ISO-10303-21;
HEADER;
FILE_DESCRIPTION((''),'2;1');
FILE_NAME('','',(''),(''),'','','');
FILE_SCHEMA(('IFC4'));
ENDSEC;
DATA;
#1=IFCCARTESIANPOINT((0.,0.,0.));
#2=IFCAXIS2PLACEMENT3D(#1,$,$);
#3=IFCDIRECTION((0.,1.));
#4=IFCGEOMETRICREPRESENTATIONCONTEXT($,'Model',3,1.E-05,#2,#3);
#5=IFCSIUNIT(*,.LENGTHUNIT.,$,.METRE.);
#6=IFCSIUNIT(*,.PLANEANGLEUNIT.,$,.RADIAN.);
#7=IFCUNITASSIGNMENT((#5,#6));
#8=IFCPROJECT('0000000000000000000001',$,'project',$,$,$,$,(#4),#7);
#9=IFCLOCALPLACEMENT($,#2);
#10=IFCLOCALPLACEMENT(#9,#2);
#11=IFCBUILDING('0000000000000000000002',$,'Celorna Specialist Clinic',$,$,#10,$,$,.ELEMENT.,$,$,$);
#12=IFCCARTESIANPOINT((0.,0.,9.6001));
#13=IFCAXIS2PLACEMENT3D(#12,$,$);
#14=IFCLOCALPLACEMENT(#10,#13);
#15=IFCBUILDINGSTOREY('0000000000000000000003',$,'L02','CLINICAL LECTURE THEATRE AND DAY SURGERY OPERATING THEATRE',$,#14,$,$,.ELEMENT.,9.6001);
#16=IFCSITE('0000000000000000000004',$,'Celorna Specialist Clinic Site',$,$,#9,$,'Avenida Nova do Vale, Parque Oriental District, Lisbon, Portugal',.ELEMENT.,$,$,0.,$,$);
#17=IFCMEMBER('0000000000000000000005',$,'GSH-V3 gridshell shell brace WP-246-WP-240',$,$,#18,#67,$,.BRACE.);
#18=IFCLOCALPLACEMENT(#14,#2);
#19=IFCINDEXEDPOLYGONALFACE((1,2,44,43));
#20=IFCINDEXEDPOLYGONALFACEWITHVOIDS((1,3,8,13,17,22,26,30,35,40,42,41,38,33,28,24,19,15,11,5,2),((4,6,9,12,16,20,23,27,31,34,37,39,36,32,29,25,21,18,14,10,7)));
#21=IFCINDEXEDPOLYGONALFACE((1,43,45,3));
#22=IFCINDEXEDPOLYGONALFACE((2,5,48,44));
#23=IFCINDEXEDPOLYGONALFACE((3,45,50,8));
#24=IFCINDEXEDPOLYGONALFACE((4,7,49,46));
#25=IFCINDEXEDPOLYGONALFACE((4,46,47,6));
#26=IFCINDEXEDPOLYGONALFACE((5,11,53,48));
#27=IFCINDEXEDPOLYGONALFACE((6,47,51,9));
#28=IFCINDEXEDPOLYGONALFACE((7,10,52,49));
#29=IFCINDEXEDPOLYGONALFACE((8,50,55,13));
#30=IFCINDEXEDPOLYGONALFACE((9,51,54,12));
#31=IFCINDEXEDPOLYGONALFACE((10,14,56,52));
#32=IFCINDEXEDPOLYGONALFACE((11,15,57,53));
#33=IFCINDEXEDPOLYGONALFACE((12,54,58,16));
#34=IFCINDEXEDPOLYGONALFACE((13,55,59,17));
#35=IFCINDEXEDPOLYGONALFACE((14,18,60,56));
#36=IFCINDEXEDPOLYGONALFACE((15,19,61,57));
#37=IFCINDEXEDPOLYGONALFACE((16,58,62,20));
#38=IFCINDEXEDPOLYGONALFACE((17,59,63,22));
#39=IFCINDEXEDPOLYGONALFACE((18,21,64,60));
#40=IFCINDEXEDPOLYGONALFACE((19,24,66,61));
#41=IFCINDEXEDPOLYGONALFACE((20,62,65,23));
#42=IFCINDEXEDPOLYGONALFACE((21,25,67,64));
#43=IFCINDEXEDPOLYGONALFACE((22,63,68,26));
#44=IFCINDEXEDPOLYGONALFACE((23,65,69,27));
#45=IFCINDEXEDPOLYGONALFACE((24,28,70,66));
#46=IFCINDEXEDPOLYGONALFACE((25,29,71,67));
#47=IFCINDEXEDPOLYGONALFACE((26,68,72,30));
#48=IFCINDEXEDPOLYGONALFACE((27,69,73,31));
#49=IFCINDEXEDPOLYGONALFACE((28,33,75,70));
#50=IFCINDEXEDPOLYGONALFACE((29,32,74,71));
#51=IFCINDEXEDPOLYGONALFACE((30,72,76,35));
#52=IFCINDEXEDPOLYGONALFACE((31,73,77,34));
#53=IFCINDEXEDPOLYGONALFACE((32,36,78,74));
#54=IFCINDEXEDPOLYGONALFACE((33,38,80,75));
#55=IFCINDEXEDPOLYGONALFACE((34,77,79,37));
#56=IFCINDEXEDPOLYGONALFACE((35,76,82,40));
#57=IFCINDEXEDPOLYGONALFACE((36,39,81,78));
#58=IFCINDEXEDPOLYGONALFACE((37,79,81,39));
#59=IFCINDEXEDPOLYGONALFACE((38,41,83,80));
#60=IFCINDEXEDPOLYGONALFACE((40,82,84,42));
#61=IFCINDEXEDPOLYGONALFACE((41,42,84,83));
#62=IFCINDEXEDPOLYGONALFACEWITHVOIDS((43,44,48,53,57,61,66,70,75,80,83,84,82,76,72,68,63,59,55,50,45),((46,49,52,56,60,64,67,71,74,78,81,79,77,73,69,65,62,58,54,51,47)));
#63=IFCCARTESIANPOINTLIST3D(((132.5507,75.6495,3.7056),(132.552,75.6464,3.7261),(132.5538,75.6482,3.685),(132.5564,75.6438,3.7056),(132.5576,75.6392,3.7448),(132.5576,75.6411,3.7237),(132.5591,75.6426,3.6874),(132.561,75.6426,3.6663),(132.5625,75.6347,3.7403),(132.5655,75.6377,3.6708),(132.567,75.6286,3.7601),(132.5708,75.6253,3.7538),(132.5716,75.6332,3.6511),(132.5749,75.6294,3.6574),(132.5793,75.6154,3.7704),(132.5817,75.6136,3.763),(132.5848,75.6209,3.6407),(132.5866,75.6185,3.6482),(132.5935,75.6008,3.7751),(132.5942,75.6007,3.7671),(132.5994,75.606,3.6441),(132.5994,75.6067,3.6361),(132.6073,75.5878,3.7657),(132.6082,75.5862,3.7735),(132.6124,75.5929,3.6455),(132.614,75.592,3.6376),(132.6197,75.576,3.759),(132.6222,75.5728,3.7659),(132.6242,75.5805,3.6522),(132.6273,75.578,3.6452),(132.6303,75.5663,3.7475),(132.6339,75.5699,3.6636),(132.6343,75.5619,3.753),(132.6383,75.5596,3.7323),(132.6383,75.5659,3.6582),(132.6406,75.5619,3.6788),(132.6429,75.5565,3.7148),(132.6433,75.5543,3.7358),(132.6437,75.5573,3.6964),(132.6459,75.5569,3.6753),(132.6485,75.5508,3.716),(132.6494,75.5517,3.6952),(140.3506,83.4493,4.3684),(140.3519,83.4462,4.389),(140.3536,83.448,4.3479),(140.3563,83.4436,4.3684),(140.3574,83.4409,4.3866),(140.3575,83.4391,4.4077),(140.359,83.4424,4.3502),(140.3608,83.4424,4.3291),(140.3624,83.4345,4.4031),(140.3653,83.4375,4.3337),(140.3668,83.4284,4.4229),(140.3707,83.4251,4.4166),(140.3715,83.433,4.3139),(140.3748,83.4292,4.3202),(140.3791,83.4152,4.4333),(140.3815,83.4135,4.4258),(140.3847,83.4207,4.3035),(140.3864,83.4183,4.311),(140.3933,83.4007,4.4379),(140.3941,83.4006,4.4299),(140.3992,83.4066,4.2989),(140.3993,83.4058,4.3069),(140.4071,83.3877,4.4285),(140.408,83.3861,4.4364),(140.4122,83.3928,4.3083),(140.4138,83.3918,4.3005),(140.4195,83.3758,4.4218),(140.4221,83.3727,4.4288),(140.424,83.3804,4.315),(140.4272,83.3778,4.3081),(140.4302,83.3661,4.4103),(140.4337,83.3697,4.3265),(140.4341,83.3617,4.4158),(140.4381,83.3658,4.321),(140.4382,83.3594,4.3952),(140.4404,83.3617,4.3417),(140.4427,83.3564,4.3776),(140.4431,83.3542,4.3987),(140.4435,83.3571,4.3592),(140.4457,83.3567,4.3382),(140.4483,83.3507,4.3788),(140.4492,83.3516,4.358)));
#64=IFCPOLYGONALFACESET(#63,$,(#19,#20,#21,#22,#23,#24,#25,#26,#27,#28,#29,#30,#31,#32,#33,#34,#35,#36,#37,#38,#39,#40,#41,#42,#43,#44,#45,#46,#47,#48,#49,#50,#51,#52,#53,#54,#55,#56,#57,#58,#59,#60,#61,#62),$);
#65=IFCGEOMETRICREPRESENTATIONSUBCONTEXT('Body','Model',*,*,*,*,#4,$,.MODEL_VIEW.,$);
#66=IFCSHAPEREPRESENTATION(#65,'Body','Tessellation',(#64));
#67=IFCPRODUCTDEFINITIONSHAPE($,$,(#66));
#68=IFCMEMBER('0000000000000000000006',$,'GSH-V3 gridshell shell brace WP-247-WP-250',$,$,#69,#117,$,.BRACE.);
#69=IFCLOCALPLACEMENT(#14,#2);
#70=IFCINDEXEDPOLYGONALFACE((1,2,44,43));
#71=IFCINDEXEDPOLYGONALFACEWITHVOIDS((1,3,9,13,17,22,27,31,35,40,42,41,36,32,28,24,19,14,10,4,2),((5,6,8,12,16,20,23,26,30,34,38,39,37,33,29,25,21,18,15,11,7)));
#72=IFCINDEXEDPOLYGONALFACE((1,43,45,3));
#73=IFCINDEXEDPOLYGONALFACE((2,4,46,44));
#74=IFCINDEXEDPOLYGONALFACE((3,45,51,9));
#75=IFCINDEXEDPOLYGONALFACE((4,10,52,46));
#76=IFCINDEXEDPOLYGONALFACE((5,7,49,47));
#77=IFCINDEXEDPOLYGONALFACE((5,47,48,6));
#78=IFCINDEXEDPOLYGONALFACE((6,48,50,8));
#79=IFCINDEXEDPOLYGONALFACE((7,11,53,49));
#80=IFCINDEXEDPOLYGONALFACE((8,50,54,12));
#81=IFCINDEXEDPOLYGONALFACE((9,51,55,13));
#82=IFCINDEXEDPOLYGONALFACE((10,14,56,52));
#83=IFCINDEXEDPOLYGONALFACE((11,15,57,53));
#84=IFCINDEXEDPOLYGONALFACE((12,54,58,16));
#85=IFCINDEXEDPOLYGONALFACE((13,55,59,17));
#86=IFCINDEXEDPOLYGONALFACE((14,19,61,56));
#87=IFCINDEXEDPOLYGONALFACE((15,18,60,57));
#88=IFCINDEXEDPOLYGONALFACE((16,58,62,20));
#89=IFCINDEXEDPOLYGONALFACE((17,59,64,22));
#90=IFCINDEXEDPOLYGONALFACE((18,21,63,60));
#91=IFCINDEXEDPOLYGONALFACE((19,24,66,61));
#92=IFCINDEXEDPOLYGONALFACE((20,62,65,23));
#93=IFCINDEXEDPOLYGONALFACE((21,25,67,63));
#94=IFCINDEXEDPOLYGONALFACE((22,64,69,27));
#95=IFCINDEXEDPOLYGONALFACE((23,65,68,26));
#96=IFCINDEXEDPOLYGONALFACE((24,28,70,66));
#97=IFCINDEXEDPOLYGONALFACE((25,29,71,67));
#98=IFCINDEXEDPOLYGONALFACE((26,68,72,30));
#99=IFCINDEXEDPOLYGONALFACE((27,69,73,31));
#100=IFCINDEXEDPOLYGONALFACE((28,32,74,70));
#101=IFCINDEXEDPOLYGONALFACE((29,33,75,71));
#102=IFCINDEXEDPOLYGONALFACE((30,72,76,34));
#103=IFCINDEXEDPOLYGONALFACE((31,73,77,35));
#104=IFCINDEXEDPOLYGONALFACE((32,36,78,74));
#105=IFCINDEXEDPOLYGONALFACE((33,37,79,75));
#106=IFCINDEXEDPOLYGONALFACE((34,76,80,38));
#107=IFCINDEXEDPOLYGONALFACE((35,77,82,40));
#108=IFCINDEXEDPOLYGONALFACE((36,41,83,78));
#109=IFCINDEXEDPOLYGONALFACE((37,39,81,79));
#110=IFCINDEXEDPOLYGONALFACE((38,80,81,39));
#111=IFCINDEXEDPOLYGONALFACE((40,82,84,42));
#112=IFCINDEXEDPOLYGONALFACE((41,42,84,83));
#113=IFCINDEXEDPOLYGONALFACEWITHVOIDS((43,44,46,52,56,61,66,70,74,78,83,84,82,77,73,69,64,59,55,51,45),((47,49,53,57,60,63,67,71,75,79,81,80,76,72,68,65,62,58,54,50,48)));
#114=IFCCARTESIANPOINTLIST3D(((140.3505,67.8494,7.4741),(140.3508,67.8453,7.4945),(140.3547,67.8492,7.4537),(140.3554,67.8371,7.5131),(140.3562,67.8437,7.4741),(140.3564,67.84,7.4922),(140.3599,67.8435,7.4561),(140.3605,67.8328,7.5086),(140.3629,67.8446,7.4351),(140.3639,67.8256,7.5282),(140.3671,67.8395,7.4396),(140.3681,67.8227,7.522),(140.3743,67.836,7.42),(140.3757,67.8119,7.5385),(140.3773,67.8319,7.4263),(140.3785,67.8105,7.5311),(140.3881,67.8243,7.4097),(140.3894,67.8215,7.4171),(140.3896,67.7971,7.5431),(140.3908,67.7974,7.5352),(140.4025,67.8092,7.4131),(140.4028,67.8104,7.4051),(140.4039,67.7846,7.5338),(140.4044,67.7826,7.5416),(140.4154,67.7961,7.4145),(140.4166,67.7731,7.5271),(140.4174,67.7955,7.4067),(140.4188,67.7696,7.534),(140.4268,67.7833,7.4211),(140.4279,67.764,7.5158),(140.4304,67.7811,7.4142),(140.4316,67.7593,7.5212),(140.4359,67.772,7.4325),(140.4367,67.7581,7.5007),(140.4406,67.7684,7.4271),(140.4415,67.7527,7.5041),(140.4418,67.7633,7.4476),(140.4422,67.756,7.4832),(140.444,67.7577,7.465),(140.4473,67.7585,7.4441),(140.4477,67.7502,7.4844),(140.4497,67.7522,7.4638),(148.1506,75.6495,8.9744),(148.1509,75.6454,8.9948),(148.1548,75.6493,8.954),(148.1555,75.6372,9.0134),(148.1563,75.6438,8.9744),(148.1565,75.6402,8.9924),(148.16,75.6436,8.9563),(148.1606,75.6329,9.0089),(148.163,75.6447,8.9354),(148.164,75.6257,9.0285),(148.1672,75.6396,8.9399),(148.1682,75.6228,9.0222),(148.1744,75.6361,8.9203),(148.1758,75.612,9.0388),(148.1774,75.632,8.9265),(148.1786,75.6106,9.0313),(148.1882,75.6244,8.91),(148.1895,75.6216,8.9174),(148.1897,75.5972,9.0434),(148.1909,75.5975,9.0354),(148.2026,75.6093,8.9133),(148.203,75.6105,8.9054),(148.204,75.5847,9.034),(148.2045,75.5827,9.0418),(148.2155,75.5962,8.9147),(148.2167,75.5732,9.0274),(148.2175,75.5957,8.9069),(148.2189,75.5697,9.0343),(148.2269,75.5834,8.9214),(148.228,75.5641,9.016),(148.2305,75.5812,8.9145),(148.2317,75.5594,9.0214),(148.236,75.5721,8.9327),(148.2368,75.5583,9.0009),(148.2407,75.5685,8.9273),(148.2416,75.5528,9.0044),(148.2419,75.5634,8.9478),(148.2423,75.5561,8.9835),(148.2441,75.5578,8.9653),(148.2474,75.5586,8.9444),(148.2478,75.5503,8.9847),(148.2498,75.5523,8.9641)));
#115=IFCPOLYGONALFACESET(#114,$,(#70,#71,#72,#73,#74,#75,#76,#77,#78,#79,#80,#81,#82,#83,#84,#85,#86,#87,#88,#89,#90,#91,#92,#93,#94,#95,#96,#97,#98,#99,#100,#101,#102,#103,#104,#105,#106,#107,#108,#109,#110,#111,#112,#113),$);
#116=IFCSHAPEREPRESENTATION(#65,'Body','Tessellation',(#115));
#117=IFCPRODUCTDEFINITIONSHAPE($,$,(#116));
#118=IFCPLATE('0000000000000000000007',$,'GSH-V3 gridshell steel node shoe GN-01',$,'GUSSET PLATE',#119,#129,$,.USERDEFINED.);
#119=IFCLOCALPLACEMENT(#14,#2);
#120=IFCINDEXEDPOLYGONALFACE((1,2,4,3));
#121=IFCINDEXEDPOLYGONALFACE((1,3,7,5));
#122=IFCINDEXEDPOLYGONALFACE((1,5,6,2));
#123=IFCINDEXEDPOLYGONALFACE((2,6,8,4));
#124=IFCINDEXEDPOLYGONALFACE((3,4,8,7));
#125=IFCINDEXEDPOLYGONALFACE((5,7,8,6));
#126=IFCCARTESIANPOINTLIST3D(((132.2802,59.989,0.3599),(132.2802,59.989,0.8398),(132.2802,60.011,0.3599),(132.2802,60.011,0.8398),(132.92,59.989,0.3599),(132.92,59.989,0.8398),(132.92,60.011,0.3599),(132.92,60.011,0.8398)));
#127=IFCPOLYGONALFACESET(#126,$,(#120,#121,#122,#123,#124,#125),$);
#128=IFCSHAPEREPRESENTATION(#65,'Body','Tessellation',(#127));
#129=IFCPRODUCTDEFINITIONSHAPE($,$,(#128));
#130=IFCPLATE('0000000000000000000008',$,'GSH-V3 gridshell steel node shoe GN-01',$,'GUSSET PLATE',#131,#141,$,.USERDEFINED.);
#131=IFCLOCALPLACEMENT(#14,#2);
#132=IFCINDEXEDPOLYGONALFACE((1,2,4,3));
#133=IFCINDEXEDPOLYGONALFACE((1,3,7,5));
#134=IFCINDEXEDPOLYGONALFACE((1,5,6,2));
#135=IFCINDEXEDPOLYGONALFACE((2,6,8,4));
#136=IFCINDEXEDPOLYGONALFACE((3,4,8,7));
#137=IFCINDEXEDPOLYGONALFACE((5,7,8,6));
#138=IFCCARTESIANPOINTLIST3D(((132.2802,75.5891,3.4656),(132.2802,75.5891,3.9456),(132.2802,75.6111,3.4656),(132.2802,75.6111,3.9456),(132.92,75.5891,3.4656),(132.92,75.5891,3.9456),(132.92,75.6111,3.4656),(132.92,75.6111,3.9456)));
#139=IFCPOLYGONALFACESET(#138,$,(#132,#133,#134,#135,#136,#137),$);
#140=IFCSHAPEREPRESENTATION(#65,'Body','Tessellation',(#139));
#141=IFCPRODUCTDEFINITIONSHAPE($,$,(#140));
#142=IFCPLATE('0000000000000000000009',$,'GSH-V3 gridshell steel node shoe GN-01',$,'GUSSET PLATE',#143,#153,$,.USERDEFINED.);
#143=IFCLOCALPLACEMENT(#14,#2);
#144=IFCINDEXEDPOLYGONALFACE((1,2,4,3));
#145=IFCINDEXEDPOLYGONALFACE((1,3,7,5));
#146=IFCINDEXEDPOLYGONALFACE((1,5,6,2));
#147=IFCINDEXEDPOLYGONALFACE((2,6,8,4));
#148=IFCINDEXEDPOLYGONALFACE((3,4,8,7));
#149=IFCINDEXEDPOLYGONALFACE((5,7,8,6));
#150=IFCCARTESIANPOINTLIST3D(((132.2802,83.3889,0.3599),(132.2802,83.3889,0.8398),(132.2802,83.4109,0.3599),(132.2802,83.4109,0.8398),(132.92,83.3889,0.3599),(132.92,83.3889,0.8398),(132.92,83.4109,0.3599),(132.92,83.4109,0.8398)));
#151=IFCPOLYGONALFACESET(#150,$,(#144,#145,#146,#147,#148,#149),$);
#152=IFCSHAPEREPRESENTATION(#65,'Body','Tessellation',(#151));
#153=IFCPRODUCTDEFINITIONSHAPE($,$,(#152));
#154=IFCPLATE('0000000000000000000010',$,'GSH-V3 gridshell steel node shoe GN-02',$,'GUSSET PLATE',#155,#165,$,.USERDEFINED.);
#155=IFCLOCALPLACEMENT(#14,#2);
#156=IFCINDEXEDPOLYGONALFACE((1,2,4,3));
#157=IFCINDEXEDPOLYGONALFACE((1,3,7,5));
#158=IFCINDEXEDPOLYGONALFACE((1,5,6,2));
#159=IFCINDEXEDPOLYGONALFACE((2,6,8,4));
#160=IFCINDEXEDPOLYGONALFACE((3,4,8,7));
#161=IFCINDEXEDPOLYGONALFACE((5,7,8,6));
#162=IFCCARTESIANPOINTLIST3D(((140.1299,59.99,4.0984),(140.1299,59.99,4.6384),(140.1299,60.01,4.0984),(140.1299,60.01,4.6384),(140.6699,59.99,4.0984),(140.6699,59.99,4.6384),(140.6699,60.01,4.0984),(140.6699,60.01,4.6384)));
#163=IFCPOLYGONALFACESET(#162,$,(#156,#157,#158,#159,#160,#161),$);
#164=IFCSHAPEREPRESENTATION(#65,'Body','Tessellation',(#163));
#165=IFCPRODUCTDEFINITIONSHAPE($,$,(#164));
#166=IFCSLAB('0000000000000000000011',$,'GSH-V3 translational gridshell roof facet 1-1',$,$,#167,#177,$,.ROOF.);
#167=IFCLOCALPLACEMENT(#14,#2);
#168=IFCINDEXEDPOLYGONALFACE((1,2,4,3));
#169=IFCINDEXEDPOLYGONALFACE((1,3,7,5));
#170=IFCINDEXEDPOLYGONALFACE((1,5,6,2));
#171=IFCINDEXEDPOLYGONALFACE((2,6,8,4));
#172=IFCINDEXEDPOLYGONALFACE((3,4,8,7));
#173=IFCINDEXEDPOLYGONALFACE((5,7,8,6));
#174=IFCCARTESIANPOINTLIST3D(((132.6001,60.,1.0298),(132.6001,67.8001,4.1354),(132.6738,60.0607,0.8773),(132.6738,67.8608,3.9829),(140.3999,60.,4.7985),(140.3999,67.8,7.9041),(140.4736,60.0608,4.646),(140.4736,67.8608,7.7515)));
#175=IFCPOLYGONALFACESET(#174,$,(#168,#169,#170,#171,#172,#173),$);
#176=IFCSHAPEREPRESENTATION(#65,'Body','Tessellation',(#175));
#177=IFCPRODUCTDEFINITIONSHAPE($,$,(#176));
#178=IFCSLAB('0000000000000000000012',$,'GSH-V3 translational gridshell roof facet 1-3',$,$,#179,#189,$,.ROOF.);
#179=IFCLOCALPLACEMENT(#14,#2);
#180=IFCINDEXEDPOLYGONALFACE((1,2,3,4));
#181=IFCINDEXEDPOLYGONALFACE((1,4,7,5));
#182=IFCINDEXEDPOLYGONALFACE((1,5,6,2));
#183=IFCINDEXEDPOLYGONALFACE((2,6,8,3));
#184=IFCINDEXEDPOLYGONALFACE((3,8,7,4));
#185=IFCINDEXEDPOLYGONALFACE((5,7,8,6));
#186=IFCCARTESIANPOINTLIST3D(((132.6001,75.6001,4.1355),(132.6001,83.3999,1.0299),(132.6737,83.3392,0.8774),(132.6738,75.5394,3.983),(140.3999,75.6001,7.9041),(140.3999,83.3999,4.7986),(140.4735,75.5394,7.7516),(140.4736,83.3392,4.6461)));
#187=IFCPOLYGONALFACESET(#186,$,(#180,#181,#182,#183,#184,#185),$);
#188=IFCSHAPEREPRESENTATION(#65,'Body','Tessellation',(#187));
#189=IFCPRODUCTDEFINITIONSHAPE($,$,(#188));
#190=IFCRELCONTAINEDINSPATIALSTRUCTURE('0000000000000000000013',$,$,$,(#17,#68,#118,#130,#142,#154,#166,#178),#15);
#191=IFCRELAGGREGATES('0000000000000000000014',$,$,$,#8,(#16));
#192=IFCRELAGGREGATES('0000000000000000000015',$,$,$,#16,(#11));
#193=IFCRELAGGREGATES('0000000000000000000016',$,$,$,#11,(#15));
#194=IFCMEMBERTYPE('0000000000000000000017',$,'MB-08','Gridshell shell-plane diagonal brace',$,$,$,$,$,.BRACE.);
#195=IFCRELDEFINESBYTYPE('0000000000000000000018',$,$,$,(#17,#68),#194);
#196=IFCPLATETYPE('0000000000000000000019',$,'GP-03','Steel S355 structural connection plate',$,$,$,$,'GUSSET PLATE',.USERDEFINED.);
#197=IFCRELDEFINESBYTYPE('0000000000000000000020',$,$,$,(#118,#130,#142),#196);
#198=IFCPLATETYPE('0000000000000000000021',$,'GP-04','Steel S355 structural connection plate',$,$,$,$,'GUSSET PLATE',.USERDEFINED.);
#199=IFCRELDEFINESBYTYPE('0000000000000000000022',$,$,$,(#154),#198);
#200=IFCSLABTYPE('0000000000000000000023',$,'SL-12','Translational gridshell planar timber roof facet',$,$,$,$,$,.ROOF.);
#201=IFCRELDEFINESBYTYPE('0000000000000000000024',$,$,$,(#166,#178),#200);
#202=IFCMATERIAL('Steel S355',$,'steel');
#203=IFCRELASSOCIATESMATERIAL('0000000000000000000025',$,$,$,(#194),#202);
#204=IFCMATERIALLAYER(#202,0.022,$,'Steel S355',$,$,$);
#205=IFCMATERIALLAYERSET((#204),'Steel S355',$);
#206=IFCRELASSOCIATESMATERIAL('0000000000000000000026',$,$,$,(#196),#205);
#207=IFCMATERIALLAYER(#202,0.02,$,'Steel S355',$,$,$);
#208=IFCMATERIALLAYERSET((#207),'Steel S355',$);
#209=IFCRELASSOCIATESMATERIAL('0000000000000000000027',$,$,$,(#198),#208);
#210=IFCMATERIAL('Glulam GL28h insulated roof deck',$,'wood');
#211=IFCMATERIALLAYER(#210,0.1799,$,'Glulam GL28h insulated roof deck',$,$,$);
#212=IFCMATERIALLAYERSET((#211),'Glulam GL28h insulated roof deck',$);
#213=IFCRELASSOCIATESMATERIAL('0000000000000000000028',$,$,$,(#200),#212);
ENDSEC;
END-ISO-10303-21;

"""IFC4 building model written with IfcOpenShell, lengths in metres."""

from ifc_helpers import new_model, si_unit, direction, frame, origin, origin_2d, place, context, subcontext, project, spatial, polyline, rectangle, hollow_circle, outline, extrude, material, layer, layer_set, material_profile, profile_set, type_object, element, save


model = new_model("IFC4")

# Units and contexts
model_context = context("Model", 3, precision=1e-05, world=origin(), true_north=direction((0.0, 1.0)))
body_context = subcontext(model_context, "Body", "Model", "MODEL_VIEW")
ifc_project = project(units=[si_unit("LENGTHUNIT", "METRE"), si_unit("PLANEANGLEUNIT", "RADIAN")], contexts=[model_context])

# Site, building, storey
site_placement = place(None, origin())
site = spatial("IfcSite", under=ifc_project, at=site_placement, Name="Celorna Specialist Clinic Site", LongName="Avenida Nova do Vale, Parque Oriental District, Lisbon, Portugal", CompositionType="ELEMENT", RefElevation=0.0)
building_placement = place(site_placement, origin())
building = spatial("IfcBuilding", under=site, at=building_placement, Name="Celorna Specialist Clinic", CompositionType="ELEMENT")
storey_placement = place(building_placement, frame((0.0, 0.0, 9.6001)))
storey = spatial("IfcBuildingStorey", under=building, at=storey_placement, Name="L02", Description="CLINICAL LECTURE THEATRE AND DAY SURGERY OPERATING THEATRE", CompositionType="ELEMENT", Elevation=9.6001)

# Shared definitions
ifc_material_1 = material(Name="Steel S355", Category="steel")

# Members
ifc_material_profile_1 = material_profile(ifc_material_1, hollow_circle(Radius=0.0698, WallThickness=0.0081, at=origin_2d()), Name="CHS 139.7x8")
ifc_profile_set_1 = profile_set([ifc_material_profile_1], Name="Steel S355")
member_type_1 = type_object("IfcMemberType", Name="MB-08", Description="Gridshell shell-plane diagonal brace", PredefinedType="BRACE", material=ifc_profile_set_1)
member_1_placement = place(storey_placement, frame((132.6001, 75.6001, 3.7056), z_axis=(0.705834, 0.705834, 0.059983), x_axis=(-0.707107, 0.707107, 0.0)))
element("IfcMember", 1, at=member_1_placement, inside=storey, type_object=member_type_1, Name="GSH-V3 gridshell shell brace WP-246-WP-240", PredefinedType="BRACE", context=body_context, shape_type="SweptSolid", body=[
    extrude(hollow_circle(Radius=0.0698, WallThickness=0.0081, at=origin_2d()), origin(), (0.0, 0.0, 1.0), 11.0505),
])
member_2_placement = place(storey_placement, frame((140.3999, 67.8, 7.4741), z_axis=(0.700656, 0.700656, 0.134763), x_axis=(-0.707107, 0.707107, 0.0)))
element("IfcMember", 2, at=member_2_placement, inside=storey, type_object=member_type_1, Name="GSH-V3 gridshell shell brace WP-247-WP-250", PredefinedType="BRACE", context=body_context, shape_type="SweptSolid", body=[
    extrude(hollow_circle(Radius=0.0698, WallThickness=0.0081, at=origin_2d()), origin(), (0.0, 0.0, 1.0), 11.1326),
])

# Plates
ifc_layer_1 = layer(ifc_material_1, 0.022, Name="Steel S355")
ifc_layer_set_1 = layer_set([ifc_layer_1], Name="Steel S355")
plate_type_1 = type_object("IfcPlateType", Name="GP-03", Description="Steel S355 structural connection plate", ElementType="GUSSET PLATE", PredefinedType="USERDEFINED", material=ifc_layer_set_1)
for number, where, z_axis, x_axis, name in (
    (3, (132.6001, 60.0, 0.3599), (0.0, 0.0, 1.0), (1.0, 0.0, 0.0), "GSH-V3 gridshell steel node shoe GN-01"),
    (4, (132.6001, 75.6001, 3.4656), (0.0, 0.0, 1.0), (1.0, 0.0, 0.0), "GSH-V3 gridshell steel node shoe GN-01"),
    (5, (132.6001, 83.3999, 0.3599), (0.0, 0.0, 1.0), (1.0, 0.0, 0.0), "GSH-V3 gridshell steel node shoe GN-01"),
):
    element("IfcPlate", number, at=place(storey_placement, frame(where, z_axis=z_axis, x_axis=x_axis)), inside=storey, type_object=plate_type_1, Name=name, ObjectType="GUSSET PLATE", PredefinedType="USERDEFINED", context=body_context, shape_type="SweptSolid", body=[
        extrude(rectangle(XDim=0.6399, YDim=0.022, at=origin_2d()), origin(), (0.0, 0.0, 1.0), 0.48),
    ])
ifc_layer_2 = layer(ifc_material_1, 0.02, Name="Steel S355")
ifc_layer_set_2 = layer_set([ifc_layer_2], Name="Steel S355")
plate_type_2 = type_object("IfcPlateType", Name="GP-04", Description="Steel S355 structural connection plate", ElementType="GUSSET PLATE", PredefinedType="USERDEFINED", material=ifc_layer_set_2)
plate_placement = place(storey_placement, frame((140.3999, 60.0, 4.0984), z_axis=(0.0, 0.0, 1.0), x_axis=(1.0, 0.0, 0.0)))
element("IfcPlate", 6, at=plate_placement, inside=storey, type_object=plate_type_2, Name="GSH-V3 gridshell steel node shoe GN-02", ObjectType="GUSSET PLATE", PredefinedType="USERDEFINED", context=body_context, shape_type="SweptSolid", body=[
    extrude(rectangle(XDim=0.54, YDim=0.02, at=origin_2d()), origin(), (0.0, 0.0, 1.0), 0.54),
])

# Slabs
ifc_material_2 = material(Name="Glulam GL28h insulated roof deck", Category="wood")
ifc_layer_3 = layer(ifc_material_2, 0.1799, Name="Glulam GL28h insulated roof deck")
ifc_layer_set_3 = layer_set([ifc_layer_3], Name="Glulam GL28h insulated roof deck")
slab_type = type_object("IfcSlabType", Name="SL-12", Description="Translational gridshell planar timber roof facet", PredefinedType="ROOF", material=ifc_layer_set_3)
slab_1_placement = place(storey_placement, frame((132.6001, 60.0, 1.0298), z_axis=(-0.409532, -0.337466, 0.847585), x_axis=(0.900404, 0.000004, 0.435055)))
element("IfcSlab", 7, at=slab_1_placement, inside=storey, type_object=slab_type, Name="GSH-V3 translational gridshell roof facet 1-1", PredefinedType="ROOF", context=body_context, shape_type="SweptSolid", body=[
    extrude(outline(polyline([(0.0, 0.0), (8.6626, 0.0), (10.0137, 8.2861), (1.3512, 8.2862), (0.0, 0.0)])), origin(), (0.0, 0.0, -1.0), 0.1799),
])
slab_2_placement = place(storey_placement, frame((132.6001, 75.6001, 4.1355), z_axis=(-0.409531, 0.337475, 0.847582), x_axis=(0.900405, 0.000004, 0.435052)))
element("IfcSlab", 8, at=slab_2_placement, inside=storey, type_object=slab_type, Name="GSH-V3 translational gridshell roof facet 1-3", PredefinedType="ROOF", context=body_context, shape_type="SweptSolid", body=[
    extrude(outline(polyline([(0.0, 0.0), (8.6625, 0.0), (7.3115, 8.2859), (-1.3511, 8.2859), (0.0, 0.0)])), origin(), (0.0, 0.0, -1.0), 0.1799),
])

save(model, "model.ifc")
